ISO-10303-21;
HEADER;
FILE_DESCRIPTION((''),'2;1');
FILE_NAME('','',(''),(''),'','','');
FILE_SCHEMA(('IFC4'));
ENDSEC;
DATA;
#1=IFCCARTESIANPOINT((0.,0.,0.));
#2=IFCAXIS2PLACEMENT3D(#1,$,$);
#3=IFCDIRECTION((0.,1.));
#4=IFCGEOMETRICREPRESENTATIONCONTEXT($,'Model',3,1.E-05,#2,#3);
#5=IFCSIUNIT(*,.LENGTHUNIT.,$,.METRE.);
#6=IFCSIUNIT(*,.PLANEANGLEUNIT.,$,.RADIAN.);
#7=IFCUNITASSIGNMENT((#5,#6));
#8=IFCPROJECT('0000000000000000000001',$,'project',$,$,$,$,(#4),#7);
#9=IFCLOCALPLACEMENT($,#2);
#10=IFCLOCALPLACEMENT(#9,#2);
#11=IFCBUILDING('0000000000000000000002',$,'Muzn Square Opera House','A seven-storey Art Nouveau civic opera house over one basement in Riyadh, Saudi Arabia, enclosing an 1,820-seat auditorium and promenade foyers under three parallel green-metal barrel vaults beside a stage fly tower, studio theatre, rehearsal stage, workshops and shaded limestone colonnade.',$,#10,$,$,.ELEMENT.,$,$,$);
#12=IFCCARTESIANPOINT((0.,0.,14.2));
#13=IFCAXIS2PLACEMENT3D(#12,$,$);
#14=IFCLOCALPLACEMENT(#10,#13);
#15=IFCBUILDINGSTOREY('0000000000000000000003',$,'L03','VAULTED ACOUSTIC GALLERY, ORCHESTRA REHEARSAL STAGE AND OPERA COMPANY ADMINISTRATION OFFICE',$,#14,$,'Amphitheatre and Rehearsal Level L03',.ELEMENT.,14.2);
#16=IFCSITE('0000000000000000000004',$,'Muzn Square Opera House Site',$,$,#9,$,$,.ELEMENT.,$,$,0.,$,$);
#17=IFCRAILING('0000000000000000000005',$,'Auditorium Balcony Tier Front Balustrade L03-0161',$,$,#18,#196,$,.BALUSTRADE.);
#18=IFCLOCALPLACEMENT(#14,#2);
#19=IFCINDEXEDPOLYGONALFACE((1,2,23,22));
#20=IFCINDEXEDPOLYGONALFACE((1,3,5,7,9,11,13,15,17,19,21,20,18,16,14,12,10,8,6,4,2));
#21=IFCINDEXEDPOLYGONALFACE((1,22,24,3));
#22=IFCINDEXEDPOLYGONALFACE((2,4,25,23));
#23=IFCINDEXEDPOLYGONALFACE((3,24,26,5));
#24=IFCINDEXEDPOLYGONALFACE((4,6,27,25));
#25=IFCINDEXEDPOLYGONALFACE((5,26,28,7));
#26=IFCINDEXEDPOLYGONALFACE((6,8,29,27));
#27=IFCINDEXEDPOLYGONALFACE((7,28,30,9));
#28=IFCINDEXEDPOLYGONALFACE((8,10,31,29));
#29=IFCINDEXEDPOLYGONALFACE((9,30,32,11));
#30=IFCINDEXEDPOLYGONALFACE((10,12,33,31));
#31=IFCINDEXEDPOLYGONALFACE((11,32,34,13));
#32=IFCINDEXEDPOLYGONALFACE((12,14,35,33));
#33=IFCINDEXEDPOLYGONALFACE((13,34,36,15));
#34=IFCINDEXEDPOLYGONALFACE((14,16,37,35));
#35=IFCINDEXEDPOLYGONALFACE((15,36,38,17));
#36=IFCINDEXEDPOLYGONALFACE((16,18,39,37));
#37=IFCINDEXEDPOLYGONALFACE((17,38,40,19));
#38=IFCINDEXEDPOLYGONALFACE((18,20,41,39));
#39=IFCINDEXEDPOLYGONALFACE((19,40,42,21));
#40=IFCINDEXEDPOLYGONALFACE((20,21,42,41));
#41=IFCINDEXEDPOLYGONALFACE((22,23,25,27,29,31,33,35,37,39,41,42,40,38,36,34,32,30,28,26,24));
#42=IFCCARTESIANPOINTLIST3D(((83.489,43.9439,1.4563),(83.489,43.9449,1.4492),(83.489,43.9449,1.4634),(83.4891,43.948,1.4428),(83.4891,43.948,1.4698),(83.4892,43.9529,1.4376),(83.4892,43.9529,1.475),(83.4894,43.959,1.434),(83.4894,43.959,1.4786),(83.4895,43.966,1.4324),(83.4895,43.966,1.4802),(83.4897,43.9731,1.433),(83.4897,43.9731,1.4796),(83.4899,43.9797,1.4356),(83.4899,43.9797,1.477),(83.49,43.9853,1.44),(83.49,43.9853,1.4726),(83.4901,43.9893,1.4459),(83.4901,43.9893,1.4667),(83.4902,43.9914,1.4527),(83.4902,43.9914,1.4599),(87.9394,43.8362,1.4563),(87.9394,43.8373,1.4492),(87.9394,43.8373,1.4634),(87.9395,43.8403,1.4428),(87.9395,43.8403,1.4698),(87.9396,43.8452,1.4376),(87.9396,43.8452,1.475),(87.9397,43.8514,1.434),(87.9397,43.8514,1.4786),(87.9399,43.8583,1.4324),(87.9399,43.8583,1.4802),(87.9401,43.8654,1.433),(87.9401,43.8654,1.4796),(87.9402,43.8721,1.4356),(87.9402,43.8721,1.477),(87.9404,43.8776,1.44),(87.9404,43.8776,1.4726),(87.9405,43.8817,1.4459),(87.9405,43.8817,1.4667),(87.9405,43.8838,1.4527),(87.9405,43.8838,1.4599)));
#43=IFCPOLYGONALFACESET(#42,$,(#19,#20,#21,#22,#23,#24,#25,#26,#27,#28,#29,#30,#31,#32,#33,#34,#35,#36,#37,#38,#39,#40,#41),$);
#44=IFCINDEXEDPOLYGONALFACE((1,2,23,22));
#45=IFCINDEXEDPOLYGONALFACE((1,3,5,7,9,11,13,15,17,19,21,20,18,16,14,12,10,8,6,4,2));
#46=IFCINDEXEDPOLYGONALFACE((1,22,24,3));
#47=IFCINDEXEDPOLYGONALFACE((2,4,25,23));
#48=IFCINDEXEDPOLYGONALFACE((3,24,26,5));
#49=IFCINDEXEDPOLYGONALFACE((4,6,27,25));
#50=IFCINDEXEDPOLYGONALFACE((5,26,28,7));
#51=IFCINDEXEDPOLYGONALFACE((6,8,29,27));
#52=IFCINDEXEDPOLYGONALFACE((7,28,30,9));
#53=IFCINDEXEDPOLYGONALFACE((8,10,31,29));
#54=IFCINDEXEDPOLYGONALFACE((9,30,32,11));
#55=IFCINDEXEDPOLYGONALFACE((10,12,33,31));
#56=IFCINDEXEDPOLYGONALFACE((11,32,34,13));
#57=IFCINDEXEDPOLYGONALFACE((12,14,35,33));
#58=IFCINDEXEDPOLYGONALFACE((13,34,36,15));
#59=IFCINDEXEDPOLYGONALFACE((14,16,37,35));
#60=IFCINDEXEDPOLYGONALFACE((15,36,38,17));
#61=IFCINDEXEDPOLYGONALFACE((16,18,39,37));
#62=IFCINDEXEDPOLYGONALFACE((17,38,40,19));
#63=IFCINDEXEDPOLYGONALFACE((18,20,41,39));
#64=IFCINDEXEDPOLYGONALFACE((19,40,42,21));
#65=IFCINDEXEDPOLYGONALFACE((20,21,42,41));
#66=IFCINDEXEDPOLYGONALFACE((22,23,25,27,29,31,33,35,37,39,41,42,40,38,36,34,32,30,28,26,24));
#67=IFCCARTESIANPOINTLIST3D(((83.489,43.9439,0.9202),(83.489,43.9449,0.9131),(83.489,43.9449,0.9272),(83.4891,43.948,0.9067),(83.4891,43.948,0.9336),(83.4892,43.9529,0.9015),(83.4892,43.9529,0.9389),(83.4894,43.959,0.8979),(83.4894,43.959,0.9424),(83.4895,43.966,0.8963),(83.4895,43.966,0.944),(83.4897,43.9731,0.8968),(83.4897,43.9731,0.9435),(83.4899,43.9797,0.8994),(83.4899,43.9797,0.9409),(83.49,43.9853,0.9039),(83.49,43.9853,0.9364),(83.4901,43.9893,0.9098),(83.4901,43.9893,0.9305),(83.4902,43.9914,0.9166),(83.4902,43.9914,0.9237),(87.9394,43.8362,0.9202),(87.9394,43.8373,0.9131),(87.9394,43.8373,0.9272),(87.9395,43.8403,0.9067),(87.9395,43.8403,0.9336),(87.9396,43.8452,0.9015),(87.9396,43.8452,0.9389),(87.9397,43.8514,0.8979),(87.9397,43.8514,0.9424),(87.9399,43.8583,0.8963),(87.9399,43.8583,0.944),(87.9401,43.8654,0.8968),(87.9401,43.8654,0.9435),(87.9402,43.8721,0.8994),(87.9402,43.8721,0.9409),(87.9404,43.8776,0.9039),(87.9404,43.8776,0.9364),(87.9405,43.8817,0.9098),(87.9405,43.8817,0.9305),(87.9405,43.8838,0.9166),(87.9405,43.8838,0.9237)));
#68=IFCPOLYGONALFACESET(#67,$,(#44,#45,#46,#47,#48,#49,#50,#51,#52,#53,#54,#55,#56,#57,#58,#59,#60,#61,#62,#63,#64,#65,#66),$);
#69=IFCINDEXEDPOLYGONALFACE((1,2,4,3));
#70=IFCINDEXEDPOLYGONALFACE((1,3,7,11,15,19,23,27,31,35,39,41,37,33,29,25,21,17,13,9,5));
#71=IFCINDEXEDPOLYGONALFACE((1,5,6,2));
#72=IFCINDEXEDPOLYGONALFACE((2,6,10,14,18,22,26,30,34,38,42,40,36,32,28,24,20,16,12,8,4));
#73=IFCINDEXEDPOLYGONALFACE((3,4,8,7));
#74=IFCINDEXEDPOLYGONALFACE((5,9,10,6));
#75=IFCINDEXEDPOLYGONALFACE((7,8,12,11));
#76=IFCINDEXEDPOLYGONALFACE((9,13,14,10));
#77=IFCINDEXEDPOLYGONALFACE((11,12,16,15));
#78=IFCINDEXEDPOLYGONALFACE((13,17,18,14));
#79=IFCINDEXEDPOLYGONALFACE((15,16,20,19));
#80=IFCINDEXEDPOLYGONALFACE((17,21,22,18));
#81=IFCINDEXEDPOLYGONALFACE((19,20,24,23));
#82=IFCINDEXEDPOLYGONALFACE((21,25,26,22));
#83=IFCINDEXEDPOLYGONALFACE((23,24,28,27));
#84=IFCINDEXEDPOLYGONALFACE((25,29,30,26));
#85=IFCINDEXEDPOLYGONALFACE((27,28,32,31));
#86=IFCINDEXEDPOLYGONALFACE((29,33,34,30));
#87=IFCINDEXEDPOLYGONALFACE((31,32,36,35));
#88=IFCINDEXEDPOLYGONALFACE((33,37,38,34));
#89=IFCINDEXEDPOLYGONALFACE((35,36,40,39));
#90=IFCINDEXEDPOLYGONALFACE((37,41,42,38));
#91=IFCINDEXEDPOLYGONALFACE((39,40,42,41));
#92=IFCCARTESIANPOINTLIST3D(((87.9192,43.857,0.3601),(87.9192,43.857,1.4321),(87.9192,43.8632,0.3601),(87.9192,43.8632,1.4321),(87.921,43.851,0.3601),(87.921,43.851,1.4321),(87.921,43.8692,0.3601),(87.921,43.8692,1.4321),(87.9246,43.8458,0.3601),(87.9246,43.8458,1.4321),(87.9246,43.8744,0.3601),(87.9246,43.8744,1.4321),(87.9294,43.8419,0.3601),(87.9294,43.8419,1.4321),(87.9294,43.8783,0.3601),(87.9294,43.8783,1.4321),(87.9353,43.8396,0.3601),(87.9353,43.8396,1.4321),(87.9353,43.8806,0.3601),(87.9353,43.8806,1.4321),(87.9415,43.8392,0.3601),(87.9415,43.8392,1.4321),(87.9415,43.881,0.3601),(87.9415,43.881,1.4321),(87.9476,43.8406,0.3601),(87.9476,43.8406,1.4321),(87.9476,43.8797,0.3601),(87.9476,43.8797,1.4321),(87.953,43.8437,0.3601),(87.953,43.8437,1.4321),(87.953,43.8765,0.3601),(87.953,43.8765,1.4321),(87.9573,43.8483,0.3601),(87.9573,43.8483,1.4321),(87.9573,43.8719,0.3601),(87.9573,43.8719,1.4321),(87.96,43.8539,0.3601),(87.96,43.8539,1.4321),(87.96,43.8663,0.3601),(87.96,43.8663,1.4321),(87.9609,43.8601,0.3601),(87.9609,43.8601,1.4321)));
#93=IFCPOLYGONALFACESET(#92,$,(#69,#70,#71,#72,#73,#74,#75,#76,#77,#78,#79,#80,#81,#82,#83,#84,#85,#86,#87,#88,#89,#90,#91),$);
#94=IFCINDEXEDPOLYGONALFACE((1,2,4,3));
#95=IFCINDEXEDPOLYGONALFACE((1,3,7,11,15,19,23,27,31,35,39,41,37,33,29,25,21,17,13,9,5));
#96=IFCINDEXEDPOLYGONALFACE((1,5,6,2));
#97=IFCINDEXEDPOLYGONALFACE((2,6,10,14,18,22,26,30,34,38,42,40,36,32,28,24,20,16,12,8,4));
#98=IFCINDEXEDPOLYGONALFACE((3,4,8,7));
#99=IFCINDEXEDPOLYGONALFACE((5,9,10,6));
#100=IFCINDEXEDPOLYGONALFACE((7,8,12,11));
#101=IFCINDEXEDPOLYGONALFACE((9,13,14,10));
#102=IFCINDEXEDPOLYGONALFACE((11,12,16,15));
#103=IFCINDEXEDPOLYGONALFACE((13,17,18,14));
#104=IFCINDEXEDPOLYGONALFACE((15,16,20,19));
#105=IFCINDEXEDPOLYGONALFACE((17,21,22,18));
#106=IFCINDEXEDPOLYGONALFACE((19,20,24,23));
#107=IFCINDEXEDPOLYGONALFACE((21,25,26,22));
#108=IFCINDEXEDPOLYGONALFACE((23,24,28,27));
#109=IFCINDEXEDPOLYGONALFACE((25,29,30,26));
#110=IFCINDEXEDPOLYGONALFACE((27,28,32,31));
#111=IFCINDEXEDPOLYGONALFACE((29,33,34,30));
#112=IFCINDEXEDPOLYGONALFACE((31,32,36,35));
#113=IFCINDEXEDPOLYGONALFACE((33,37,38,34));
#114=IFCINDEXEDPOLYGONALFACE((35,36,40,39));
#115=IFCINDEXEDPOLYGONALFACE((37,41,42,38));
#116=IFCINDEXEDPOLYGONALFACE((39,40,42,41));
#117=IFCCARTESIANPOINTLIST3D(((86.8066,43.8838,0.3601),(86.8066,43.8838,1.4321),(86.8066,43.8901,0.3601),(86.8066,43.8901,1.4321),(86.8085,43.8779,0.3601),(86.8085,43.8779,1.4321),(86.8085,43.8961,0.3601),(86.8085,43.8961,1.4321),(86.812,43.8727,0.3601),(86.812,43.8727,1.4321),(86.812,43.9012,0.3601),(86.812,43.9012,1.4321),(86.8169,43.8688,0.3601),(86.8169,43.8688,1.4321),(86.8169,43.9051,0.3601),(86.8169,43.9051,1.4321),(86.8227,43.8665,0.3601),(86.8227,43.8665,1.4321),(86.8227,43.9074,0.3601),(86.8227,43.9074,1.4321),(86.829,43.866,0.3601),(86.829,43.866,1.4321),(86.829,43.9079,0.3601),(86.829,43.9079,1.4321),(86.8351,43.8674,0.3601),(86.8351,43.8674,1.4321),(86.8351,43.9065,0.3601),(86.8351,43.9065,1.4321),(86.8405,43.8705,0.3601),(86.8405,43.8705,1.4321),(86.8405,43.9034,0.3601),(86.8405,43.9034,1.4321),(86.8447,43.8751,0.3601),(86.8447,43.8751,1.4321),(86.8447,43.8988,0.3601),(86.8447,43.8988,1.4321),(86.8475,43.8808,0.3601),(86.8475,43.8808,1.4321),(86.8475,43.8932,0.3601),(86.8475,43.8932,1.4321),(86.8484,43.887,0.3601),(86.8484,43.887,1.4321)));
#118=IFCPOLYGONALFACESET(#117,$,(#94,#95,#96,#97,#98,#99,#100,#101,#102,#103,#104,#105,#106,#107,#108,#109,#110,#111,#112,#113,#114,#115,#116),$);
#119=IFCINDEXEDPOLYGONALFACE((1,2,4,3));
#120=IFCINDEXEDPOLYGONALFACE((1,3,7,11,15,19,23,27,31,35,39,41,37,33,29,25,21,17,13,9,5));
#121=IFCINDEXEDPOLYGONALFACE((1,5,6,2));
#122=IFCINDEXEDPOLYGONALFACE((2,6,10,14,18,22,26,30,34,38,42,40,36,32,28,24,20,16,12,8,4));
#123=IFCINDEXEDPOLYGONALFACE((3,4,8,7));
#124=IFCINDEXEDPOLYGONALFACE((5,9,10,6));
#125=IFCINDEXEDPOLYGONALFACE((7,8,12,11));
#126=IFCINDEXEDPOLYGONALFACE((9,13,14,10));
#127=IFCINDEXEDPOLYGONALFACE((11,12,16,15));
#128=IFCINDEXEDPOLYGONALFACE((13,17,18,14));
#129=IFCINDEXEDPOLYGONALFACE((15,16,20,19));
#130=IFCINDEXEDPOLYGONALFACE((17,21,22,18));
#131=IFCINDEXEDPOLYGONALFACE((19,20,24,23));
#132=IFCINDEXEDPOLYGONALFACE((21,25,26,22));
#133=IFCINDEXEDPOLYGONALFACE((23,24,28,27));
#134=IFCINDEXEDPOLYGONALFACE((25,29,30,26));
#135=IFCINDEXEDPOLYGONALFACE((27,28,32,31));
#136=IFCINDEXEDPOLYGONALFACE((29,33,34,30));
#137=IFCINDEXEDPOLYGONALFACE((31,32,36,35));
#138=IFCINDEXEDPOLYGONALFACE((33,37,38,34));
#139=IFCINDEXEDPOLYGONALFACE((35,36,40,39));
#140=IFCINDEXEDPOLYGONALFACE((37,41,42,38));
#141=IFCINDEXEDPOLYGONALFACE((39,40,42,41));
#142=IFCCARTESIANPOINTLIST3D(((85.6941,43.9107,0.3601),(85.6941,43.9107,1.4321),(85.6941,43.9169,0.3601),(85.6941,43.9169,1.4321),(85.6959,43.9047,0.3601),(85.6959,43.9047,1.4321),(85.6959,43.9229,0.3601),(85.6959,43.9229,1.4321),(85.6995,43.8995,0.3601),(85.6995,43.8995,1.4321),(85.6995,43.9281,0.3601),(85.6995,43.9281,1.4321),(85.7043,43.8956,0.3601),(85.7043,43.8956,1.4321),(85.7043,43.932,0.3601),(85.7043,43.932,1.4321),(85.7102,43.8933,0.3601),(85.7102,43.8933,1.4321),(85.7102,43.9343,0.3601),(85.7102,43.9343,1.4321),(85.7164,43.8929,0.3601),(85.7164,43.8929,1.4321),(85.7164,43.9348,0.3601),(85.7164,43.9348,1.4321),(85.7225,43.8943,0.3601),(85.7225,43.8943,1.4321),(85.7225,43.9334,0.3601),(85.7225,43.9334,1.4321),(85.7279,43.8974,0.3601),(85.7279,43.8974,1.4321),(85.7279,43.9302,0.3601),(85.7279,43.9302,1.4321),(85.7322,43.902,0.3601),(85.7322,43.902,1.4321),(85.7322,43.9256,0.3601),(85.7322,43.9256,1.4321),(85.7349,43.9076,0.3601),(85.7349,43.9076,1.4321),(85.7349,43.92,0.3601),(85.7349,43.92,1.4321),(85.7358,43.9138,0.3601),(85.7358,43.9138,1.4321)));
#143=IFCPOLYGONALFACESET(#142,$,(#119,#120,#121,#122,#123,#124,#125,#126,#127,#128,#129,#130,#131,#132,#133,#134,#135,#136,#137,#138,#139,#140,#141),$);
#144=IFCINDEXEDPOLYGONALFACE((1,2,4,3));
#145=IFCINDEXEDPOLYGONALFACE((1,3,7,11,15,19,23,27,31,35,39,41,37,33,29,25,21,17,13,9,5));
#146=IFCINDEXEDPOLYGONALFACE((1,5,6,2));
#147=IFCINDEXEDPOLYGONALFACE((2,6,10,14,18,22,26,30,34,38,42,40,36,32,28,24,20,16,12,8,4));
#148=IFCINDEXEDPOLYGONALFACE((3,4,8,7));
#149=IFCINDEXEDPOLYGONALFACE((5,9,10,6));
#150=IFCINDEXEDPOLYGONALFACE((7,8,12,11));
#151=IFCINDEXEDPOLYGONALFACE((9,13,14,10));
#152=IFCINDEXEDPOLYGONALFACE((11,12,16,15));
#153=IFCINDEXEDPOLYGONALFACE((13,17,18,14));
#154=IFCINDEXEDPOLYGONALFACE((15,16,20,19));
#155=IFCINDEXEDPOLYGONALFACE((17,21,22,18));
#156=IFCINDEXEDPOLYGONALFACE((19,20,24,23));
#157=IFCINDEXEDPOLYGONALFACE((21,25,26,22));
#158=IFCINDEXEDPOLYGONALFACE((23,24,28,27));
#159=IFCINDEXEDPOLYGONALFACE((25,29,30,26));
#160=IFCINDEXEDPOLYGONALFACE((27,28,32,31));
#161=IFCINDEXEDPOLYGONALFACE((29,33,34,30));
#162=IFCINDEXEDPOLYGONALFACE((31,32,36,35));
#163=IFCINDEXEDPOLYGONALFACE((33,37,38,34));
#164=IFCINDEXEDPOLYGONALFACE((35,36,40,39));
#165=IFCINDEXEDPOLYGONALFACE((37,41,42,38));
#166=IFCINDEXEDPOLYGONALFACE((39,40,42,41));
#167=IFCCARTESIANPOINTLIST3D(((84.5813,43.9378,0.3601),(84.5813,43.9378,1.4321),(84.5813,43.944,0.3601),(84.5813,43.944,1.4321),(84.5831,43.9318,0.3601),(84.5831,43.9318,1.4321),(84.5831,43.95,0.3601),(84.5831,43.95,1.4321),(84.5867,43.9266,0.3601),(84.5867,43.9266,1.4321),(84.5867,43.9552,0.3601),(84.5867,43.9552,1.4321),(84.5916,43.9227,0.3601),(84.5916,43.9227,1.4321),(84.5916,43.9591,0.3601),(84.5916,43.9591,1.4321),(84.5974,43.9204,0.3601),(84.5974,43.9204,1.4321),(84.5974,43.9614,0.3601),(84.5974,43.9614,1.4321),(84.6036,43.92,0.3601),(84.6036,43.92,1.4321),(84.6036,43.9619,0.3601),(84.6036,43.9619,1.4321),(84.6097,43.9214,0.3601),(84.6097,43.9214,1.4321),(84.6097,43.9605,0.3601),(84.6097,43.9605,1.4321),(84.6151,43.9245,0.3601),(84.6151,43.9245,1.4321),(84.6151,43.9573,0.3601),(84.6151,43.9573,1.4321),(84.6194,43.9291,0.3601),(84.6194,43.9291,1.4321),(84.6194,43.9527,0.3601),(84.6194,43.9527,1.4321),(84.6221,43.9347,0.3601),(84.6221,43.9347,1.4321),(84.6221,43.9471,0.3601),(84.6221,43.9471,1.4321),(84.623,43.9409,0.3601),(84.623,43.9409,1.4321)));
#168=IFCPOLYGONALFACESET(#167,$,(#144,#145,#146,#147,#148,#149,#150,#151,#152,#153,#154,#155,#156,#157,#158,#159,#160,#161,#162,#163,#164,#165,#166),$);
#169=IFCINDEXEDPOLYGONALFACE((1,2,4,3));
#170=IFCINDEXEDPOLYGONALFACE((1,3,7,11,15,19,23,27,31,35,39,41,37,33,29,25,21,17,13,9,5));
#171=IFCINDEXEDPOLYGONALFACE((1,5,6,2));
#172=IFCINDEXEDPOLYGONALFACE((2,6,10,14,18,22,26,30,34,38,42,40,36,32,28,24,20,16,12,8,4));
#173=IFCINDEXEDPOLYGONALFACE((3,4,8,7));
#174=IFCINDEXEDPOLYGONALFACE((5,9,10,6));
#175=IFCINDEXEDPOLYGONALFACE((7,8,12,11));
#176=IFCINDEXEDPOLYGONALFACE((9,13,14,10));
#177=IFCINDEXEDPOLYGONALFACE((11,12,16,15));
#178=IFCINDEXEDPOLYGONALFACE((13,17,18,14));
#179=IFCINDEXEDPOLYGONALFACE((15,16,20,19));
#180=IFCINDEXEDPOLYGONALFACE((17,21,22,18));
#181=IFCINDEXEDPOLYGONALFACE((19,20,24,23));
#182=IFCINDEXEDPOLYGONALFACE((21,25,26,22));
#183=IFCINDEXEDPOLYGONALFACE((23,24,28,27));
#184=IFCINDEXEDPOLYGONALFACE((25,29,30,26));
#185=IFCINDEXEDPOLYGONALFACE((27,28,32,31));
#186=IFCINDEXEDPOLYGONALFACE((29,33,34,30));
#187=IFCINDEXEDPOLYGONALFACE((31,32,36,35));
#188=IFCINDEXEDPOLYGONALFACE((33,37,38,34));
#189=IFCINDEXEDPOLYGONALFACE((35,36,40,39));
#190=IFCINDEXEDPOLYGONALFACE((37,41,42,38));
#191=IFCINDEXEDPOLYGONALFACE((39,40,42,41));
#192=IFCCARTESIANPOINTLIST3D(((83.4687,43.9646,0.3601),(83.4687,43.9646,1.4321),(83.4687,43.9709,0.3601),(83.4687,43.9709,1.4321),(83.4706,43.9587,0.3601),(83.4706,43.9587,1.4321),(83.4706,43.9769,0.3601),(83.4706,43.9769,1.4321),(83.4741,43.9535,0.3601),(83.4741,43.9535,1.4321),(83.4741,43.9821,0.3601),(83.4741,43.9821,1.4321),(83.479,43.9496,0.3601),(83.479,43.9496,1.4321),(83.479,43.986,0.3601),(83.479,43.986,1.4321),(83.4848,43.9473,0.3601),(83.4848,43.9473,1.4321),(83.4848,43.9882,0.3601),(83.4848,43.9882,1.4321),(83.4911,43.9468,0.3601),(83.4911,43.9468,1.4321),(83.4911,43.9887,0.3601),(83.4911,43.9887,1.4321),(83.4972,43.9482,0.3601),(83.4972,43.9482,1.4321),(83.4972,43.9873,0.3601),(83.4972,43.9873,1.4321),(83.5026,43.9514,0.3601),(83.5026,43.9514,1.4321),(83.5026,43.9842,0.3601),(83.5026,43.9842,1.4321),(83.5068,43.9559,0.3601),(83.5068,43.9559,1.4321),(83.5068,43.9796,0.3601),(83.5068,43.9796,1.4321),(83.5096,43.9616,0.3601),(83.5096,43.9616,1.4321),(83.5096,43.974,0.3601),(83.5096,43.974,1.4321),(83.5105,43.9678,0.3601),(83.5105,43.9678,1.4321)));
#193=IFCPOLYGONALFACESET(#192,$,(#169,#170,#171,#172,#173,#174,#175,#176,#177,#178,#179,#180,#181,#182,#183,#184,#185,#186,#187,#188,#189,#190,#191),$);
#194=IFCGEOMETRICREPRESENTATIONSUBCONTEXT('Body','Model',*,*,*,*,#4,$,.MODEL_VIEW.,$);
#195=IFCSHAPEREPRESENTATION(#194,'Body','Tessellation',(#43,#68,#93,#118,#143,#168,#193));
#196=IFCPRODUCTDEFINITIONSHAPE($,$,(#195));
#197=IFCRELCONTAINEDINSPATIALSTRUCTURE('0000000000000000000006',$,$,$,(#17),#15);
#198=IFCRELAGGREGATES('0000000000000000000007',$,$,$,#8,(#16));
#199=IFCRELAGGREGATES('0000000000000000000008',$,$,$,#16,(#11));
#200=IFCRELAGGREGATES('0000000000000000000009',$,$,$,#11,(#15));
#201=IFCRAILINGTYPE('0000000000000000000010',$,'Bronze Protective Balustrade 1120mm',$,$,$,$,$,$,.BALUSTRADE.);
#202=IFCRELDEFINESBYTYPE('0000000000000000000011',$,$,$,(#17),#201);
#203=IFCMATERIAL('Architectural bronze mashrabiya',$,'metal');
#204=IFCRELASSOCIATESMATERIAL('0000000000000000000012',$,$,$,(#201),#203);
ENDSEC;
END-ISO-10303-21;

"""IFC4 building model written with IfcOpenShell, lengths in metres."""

from ifc_helpers import new_model, si_unit, direction, frame, origin, origin_2d, place, context, subcontext, project, spatial, circle, extrude, material, type_object, element, save


model = new_model("IFC4")

# Units and contexts
model_context = context("Model", 3, precision=1e-05, world=origin(), true_north=direction((0.0, 1.0)))
body_context = subcontext(model_context, "Body", "Model", "MODEL_VIEW")
ifc_project = project(units=[si_unit("LENGTHUNIT", "METRE"), si_unit("PLANEANGLEUNIT", "RADIAN")], contexts=[model_context])

# Site, building, storey
site_placement = place(None, origin())
site = spatial("IfcSite", under=ifc_project, at=site_placement, Name="Muzn Square Opera House Site", CompositionType="ELEMENT", RefElevation=0.0)
building_placement = place(site_placement, origin())
building = spatial("IfcBuilding", under=site, at=building_placement, Name="Muzn Square Opera House", Description="A seven-storey Art Nouveau civic opera house over one basement in Riyadh, Saudi Arabia, enclosing an 1,820-seat auditorium and promenade foyers under three parallel green-metal barrel vaults beside a stage fly tower, studio theatre, rehearsal stage, workshops and shaded limestone colonnade.", CompositionType="ELEMENT")
storey_placement = place(building_placement, frame((0.0, 0.0, 14.2)))
storey = spatial("IfcBuildingStorey", under=building, at=storey_placement, Name="L03", Description="VAULTED ACOUSTIC GALLERY, ORCHESTRA REHEARSAL STAGE AND OPERA COMPANY ADMINISTRATION OFFICE", LongName="Amphitheatre and Rehearsal Level L03", CompositionType="ELEMENT", Elevation=14.2)

# Railing
ifc_material_1 = material(Name="Architectural bronze mashrabiya", Category="metal")
railing_type = type_object("IfcRailingType", Name="Bronze Protective Balustrade 1120mm", PredefinedType="BALUSTRADE", material=ifc_material_1)
railing_1_placement = place(storey_placement, frame((87.9399, 43.8601, 0.3601)))
element("IfcRailing", 1, at=railing_1_placement, inside=storey, type_object=railing_type, Name="Auditorium Balcony Tier Front Balustrade L03-0161", PredefinedType="BALUSTRADE", context=body_context, shape_type="SweptSolid", body=[
    extrude(circle(Radius=0.0239, at=origin_2d()), frame((0.0, 0.0, 1.0962), z_axis=(-0.999707, 0.024185, 0.0), x_axis=(-0.024185, -0.999707, 0.0)), (0.0, 0.0, 1.0), 4.4517),
    extrude(circle(Radius=0.0239, at=origin_2d()), frame((0.0, 0.0, 0.5601), z_axis=(-0.999707, 0.024185, 0.0), x_axis=(-0.024185, -0.999707, 0.0)), (0.0, 0.0, 1.0), 4.4517),
    extrude(circle(Radius=0.021, at=origin_2d()), origin(), (0.0, 0.0, 1.0), 1.072),
    extrude(circle(Radius=0.021, at=origin_2d()), frame((-1.1125, 0.0269, 0.0)), (0.0, 0.0, 1.0), 1.072),
    extrude(circle(Radius=0.021, at=origin_2d()), frame((-2.2251, 0.0537, 0.0)), (0.0, 0.0, 1.0), 1.072),
    extrude(circle(Radius=0.021, at=origin_2d()), frame((-3.3379, 0.0808, 0.0)), (0.0, 0.0, 1.0), 1.072),
    extrude(circle(Radius=0.021, at=origin_2d()), frame((-4.4504, 0.1077, 0.0)), (0.0, 0.0, 1.0), 1.072),
])

save(model, "model.ifc")
